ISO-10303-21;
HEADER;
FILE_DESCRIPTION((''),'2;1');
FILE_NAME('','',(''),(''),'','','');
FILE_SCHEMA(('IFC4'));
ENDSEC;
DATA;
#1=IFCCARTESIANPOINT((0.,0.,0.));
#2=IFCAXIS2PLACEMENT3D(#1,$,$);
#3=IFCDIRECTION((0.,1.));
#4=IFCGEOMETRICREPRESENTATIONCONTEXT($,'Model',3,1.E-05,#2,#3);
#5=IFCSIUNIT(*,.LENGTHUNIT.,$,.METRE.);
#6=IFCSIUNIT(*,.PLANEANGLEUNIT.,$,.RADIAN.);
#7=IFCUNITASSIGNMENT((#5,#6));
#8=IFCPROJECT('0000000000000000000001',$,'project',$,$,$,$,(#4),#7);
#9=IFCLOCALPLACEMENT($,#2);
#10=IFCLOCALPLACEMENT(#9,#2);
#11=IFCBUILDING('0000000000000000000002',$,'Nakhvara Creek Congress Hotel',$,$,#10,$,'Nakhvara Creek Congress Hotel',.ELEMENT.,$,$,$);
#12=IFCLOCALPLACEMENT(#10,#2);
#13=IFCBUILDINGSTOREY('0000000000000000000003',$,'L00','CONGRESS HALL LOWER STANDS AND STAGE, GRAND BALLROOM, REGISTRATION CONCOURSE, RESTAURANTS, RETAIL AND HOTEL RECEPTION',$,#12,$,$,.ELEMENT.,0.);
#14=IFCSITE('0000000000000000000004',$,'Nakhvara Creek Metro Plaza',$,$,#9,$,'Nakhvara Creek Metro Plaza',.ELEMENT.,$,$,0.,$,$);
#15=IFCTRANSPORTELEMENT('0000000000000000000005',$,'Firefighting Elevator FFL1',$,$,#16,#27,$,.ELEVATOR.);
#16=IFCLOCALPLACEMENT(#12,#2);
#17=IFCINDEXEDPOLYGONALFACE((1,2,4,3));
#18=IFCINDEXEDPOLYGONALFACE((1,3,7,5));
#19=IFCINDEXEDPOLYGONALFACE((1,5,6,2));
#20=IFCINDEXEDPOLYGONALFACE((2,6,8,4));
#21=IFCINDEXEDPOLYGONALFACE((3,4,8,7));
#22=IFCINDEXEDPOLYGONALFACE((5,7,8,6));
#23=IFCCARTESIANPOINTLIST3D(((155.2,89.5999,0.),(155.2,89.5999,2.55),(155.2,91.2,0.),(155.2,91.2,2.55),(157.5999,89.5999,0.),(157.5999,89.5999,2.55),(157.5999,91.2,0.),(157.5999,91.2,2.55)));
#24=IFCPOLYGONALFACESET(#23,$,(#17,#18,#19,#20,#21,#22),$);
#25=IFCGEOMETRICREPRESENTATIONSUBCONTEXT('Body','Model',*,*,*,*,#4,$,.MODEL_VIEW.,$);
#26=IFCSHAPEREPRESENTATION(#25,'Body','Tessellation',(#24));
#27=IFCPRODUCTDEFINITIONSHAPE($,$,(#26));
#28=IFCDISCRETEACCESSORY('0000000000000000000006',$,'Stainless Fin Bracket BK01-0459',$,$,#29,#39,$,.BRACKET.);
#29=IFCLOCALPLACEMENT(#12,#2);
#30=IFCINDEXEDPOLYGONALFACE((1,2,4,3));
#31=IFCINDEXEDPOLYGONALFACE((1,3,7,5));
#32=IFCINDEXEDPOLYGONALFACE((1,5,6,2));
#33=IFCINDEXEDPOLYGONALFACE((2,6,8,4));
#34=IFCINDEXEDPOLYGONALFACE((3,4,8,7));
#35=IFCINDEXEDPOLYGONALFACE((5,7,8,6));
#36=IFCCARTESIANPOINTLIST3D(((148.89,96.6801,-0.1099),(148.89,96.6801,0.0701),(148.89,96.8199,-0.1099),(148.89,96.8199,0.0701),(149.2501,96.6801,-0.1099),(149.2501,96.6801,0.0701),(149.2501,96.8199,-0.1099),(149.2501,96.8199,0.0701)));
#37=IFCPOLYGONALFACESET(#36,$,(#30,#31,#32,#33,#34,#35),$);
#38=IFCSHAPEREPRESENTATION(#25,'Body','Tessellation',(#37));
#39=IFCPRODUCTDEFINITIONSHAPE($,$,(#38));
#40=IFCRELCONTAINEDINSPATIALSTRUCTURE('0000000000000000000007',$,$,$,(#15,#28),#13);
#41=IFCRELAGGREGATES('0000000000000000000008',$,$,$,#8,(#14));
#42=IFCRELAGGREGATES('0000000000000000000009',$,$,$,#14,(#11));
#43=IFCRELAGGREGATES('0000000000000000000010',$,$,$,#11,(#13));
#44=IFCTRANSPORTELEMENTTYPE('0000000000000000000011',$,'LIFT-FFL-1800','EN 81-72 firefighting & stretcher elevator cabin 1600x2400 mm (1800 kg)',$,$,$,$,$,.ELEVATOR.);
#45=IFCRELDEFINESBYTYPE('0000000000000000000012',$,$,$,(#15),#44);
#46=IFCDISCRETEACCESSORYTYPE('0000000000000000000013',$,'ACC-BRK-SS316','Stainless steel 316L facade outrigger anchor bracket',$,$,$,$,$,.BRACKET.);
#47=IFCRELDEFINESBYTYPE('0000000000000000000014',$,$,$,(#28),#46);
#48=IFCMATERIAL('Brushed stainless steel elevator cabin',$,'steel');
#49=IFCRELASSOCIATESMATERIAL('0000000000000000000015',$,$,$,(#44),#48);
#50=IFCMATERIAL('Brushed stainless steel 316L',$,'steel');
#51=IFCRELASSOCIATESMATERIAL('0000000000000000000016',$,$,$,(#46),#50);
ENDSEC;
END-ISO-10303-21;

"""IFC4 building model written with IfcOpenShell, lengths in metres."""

from ifc_helpers import new_model, si_unit, direction, frame, origin, origin_2d, place, context, subcontext, project, spatial, rectangle, extrude, material, type_object, element, save


model = new_model("IFC4")

# Units and contexts
model_context = context("Model", 3, precision=1e-05, world=origin(), true_north=direction((0.0, 1.0)))
body_context = subcontext(model_context, "Body", "Model", "MODEL_VIEW")
ifc_project = project(units=[si_unit("LENGTHUNIT", "METRE"), si_unit("PLANEANGLEUNIT", "RADIAN")], contexts=[model_context])

# Site, building, storey
site_placement = place(None, origin())
site = spatial("IfcSite", under=ifc_project, at=site_placement, Name="Nakhvara Creek Metro Plaza", LongName="Nakhvara Creek Metro Plaza", CompositionType="ELEMENT", RefElevation=0.0)
building_placement = place(site_placement, origin())
building = spatial("IfcBuilding", under=site, at=building_placement, Name="Nakhvara Creek Congress Hotel", LongName="Nakhvara Creek Congress Hotel", CompositionType="ELEMENT")
storey_placement = place(building_placement, origin())
storey = spatial("IfcBuildingStorey", under=building, at=storey_placement, Name="L00", Description="CONGRESS HALL LOWER STANDS AND STAGE, GRAND BALLROOM, REGISTRATION CONCOURSE, RESTAURANTS, RETAIL AND HOTEL RECEPTION", CompositionType="ELEMENT", Elevation=0.0)

# Shared definitions
ifc_material_1 = material(Name="Brushed stainless steel 316L", Category="steel")

# Transport element
ifc_material_2 = material(Name="Brushed stainless steel elevator cabin", Category="steel")
transport_element_type_1 = type_object("IfcTransportElementType", Name="LIFT-FFL-1800", Description="EN 81-72 firefighting & stretcher elevator cabin 1600x2400 mm (1800 kg)", PredefinedType="ELEVATOR", material=ifc_material_2)
transport_element_1_placement = place(storey_placement, frame((156.3999, 90.3999, 0.0), z_axis=(0.0, 0.0, 1.0), x_axis=(0.0, 1.0, 0.0)))
element("IfcTransportElement", 1, at=transport_element_1_placement, inside=storey, type_object=transport_element_type_1, Name="Firefighting Elevator FFL1", PredefinedType="ELEVATOR", context=body_context, shape_type="SweptSolid", body=[
    extrude(rectangle(XDim=1.6001, YDim=2.3999, at=origin_2d()), origin(), (0.0, 0.0, 1.0), 2.55),
])

# Discrete accessory
discrete_accessory_type = type_object("IfcDiscreteAccessoryType", Name="ACC-BRK-SS316", Description="Stainless steel 316L facade outrigger anchor bracket", PredefinedType="BRACKET", material=ifc_material_1)
discrete_accessory_placement = place(storey_placement, frame((149.0701, 96.75, -0.1099), z_axis=(0.0, 0.0, 1.0), x_axis=(0.0, 1.0, 0.0)))
element("IfcDiscreteAccessory", 2, at=discrete_accessory_placement, inside=storey, type_object=discrete_accessory_type, Name="Stainless Fin Bracket BK01-0459", PredefinedType="BRACKET", context=body_context, shape_type="SweptSolid", body=[
    extrude(rectangle(XDim=0.1399, YDim=0.3601, at=origin_2d()), origin(), (0.0, 0.0, 1.0), 0.1799),
])

save(model, "model.ifc")
